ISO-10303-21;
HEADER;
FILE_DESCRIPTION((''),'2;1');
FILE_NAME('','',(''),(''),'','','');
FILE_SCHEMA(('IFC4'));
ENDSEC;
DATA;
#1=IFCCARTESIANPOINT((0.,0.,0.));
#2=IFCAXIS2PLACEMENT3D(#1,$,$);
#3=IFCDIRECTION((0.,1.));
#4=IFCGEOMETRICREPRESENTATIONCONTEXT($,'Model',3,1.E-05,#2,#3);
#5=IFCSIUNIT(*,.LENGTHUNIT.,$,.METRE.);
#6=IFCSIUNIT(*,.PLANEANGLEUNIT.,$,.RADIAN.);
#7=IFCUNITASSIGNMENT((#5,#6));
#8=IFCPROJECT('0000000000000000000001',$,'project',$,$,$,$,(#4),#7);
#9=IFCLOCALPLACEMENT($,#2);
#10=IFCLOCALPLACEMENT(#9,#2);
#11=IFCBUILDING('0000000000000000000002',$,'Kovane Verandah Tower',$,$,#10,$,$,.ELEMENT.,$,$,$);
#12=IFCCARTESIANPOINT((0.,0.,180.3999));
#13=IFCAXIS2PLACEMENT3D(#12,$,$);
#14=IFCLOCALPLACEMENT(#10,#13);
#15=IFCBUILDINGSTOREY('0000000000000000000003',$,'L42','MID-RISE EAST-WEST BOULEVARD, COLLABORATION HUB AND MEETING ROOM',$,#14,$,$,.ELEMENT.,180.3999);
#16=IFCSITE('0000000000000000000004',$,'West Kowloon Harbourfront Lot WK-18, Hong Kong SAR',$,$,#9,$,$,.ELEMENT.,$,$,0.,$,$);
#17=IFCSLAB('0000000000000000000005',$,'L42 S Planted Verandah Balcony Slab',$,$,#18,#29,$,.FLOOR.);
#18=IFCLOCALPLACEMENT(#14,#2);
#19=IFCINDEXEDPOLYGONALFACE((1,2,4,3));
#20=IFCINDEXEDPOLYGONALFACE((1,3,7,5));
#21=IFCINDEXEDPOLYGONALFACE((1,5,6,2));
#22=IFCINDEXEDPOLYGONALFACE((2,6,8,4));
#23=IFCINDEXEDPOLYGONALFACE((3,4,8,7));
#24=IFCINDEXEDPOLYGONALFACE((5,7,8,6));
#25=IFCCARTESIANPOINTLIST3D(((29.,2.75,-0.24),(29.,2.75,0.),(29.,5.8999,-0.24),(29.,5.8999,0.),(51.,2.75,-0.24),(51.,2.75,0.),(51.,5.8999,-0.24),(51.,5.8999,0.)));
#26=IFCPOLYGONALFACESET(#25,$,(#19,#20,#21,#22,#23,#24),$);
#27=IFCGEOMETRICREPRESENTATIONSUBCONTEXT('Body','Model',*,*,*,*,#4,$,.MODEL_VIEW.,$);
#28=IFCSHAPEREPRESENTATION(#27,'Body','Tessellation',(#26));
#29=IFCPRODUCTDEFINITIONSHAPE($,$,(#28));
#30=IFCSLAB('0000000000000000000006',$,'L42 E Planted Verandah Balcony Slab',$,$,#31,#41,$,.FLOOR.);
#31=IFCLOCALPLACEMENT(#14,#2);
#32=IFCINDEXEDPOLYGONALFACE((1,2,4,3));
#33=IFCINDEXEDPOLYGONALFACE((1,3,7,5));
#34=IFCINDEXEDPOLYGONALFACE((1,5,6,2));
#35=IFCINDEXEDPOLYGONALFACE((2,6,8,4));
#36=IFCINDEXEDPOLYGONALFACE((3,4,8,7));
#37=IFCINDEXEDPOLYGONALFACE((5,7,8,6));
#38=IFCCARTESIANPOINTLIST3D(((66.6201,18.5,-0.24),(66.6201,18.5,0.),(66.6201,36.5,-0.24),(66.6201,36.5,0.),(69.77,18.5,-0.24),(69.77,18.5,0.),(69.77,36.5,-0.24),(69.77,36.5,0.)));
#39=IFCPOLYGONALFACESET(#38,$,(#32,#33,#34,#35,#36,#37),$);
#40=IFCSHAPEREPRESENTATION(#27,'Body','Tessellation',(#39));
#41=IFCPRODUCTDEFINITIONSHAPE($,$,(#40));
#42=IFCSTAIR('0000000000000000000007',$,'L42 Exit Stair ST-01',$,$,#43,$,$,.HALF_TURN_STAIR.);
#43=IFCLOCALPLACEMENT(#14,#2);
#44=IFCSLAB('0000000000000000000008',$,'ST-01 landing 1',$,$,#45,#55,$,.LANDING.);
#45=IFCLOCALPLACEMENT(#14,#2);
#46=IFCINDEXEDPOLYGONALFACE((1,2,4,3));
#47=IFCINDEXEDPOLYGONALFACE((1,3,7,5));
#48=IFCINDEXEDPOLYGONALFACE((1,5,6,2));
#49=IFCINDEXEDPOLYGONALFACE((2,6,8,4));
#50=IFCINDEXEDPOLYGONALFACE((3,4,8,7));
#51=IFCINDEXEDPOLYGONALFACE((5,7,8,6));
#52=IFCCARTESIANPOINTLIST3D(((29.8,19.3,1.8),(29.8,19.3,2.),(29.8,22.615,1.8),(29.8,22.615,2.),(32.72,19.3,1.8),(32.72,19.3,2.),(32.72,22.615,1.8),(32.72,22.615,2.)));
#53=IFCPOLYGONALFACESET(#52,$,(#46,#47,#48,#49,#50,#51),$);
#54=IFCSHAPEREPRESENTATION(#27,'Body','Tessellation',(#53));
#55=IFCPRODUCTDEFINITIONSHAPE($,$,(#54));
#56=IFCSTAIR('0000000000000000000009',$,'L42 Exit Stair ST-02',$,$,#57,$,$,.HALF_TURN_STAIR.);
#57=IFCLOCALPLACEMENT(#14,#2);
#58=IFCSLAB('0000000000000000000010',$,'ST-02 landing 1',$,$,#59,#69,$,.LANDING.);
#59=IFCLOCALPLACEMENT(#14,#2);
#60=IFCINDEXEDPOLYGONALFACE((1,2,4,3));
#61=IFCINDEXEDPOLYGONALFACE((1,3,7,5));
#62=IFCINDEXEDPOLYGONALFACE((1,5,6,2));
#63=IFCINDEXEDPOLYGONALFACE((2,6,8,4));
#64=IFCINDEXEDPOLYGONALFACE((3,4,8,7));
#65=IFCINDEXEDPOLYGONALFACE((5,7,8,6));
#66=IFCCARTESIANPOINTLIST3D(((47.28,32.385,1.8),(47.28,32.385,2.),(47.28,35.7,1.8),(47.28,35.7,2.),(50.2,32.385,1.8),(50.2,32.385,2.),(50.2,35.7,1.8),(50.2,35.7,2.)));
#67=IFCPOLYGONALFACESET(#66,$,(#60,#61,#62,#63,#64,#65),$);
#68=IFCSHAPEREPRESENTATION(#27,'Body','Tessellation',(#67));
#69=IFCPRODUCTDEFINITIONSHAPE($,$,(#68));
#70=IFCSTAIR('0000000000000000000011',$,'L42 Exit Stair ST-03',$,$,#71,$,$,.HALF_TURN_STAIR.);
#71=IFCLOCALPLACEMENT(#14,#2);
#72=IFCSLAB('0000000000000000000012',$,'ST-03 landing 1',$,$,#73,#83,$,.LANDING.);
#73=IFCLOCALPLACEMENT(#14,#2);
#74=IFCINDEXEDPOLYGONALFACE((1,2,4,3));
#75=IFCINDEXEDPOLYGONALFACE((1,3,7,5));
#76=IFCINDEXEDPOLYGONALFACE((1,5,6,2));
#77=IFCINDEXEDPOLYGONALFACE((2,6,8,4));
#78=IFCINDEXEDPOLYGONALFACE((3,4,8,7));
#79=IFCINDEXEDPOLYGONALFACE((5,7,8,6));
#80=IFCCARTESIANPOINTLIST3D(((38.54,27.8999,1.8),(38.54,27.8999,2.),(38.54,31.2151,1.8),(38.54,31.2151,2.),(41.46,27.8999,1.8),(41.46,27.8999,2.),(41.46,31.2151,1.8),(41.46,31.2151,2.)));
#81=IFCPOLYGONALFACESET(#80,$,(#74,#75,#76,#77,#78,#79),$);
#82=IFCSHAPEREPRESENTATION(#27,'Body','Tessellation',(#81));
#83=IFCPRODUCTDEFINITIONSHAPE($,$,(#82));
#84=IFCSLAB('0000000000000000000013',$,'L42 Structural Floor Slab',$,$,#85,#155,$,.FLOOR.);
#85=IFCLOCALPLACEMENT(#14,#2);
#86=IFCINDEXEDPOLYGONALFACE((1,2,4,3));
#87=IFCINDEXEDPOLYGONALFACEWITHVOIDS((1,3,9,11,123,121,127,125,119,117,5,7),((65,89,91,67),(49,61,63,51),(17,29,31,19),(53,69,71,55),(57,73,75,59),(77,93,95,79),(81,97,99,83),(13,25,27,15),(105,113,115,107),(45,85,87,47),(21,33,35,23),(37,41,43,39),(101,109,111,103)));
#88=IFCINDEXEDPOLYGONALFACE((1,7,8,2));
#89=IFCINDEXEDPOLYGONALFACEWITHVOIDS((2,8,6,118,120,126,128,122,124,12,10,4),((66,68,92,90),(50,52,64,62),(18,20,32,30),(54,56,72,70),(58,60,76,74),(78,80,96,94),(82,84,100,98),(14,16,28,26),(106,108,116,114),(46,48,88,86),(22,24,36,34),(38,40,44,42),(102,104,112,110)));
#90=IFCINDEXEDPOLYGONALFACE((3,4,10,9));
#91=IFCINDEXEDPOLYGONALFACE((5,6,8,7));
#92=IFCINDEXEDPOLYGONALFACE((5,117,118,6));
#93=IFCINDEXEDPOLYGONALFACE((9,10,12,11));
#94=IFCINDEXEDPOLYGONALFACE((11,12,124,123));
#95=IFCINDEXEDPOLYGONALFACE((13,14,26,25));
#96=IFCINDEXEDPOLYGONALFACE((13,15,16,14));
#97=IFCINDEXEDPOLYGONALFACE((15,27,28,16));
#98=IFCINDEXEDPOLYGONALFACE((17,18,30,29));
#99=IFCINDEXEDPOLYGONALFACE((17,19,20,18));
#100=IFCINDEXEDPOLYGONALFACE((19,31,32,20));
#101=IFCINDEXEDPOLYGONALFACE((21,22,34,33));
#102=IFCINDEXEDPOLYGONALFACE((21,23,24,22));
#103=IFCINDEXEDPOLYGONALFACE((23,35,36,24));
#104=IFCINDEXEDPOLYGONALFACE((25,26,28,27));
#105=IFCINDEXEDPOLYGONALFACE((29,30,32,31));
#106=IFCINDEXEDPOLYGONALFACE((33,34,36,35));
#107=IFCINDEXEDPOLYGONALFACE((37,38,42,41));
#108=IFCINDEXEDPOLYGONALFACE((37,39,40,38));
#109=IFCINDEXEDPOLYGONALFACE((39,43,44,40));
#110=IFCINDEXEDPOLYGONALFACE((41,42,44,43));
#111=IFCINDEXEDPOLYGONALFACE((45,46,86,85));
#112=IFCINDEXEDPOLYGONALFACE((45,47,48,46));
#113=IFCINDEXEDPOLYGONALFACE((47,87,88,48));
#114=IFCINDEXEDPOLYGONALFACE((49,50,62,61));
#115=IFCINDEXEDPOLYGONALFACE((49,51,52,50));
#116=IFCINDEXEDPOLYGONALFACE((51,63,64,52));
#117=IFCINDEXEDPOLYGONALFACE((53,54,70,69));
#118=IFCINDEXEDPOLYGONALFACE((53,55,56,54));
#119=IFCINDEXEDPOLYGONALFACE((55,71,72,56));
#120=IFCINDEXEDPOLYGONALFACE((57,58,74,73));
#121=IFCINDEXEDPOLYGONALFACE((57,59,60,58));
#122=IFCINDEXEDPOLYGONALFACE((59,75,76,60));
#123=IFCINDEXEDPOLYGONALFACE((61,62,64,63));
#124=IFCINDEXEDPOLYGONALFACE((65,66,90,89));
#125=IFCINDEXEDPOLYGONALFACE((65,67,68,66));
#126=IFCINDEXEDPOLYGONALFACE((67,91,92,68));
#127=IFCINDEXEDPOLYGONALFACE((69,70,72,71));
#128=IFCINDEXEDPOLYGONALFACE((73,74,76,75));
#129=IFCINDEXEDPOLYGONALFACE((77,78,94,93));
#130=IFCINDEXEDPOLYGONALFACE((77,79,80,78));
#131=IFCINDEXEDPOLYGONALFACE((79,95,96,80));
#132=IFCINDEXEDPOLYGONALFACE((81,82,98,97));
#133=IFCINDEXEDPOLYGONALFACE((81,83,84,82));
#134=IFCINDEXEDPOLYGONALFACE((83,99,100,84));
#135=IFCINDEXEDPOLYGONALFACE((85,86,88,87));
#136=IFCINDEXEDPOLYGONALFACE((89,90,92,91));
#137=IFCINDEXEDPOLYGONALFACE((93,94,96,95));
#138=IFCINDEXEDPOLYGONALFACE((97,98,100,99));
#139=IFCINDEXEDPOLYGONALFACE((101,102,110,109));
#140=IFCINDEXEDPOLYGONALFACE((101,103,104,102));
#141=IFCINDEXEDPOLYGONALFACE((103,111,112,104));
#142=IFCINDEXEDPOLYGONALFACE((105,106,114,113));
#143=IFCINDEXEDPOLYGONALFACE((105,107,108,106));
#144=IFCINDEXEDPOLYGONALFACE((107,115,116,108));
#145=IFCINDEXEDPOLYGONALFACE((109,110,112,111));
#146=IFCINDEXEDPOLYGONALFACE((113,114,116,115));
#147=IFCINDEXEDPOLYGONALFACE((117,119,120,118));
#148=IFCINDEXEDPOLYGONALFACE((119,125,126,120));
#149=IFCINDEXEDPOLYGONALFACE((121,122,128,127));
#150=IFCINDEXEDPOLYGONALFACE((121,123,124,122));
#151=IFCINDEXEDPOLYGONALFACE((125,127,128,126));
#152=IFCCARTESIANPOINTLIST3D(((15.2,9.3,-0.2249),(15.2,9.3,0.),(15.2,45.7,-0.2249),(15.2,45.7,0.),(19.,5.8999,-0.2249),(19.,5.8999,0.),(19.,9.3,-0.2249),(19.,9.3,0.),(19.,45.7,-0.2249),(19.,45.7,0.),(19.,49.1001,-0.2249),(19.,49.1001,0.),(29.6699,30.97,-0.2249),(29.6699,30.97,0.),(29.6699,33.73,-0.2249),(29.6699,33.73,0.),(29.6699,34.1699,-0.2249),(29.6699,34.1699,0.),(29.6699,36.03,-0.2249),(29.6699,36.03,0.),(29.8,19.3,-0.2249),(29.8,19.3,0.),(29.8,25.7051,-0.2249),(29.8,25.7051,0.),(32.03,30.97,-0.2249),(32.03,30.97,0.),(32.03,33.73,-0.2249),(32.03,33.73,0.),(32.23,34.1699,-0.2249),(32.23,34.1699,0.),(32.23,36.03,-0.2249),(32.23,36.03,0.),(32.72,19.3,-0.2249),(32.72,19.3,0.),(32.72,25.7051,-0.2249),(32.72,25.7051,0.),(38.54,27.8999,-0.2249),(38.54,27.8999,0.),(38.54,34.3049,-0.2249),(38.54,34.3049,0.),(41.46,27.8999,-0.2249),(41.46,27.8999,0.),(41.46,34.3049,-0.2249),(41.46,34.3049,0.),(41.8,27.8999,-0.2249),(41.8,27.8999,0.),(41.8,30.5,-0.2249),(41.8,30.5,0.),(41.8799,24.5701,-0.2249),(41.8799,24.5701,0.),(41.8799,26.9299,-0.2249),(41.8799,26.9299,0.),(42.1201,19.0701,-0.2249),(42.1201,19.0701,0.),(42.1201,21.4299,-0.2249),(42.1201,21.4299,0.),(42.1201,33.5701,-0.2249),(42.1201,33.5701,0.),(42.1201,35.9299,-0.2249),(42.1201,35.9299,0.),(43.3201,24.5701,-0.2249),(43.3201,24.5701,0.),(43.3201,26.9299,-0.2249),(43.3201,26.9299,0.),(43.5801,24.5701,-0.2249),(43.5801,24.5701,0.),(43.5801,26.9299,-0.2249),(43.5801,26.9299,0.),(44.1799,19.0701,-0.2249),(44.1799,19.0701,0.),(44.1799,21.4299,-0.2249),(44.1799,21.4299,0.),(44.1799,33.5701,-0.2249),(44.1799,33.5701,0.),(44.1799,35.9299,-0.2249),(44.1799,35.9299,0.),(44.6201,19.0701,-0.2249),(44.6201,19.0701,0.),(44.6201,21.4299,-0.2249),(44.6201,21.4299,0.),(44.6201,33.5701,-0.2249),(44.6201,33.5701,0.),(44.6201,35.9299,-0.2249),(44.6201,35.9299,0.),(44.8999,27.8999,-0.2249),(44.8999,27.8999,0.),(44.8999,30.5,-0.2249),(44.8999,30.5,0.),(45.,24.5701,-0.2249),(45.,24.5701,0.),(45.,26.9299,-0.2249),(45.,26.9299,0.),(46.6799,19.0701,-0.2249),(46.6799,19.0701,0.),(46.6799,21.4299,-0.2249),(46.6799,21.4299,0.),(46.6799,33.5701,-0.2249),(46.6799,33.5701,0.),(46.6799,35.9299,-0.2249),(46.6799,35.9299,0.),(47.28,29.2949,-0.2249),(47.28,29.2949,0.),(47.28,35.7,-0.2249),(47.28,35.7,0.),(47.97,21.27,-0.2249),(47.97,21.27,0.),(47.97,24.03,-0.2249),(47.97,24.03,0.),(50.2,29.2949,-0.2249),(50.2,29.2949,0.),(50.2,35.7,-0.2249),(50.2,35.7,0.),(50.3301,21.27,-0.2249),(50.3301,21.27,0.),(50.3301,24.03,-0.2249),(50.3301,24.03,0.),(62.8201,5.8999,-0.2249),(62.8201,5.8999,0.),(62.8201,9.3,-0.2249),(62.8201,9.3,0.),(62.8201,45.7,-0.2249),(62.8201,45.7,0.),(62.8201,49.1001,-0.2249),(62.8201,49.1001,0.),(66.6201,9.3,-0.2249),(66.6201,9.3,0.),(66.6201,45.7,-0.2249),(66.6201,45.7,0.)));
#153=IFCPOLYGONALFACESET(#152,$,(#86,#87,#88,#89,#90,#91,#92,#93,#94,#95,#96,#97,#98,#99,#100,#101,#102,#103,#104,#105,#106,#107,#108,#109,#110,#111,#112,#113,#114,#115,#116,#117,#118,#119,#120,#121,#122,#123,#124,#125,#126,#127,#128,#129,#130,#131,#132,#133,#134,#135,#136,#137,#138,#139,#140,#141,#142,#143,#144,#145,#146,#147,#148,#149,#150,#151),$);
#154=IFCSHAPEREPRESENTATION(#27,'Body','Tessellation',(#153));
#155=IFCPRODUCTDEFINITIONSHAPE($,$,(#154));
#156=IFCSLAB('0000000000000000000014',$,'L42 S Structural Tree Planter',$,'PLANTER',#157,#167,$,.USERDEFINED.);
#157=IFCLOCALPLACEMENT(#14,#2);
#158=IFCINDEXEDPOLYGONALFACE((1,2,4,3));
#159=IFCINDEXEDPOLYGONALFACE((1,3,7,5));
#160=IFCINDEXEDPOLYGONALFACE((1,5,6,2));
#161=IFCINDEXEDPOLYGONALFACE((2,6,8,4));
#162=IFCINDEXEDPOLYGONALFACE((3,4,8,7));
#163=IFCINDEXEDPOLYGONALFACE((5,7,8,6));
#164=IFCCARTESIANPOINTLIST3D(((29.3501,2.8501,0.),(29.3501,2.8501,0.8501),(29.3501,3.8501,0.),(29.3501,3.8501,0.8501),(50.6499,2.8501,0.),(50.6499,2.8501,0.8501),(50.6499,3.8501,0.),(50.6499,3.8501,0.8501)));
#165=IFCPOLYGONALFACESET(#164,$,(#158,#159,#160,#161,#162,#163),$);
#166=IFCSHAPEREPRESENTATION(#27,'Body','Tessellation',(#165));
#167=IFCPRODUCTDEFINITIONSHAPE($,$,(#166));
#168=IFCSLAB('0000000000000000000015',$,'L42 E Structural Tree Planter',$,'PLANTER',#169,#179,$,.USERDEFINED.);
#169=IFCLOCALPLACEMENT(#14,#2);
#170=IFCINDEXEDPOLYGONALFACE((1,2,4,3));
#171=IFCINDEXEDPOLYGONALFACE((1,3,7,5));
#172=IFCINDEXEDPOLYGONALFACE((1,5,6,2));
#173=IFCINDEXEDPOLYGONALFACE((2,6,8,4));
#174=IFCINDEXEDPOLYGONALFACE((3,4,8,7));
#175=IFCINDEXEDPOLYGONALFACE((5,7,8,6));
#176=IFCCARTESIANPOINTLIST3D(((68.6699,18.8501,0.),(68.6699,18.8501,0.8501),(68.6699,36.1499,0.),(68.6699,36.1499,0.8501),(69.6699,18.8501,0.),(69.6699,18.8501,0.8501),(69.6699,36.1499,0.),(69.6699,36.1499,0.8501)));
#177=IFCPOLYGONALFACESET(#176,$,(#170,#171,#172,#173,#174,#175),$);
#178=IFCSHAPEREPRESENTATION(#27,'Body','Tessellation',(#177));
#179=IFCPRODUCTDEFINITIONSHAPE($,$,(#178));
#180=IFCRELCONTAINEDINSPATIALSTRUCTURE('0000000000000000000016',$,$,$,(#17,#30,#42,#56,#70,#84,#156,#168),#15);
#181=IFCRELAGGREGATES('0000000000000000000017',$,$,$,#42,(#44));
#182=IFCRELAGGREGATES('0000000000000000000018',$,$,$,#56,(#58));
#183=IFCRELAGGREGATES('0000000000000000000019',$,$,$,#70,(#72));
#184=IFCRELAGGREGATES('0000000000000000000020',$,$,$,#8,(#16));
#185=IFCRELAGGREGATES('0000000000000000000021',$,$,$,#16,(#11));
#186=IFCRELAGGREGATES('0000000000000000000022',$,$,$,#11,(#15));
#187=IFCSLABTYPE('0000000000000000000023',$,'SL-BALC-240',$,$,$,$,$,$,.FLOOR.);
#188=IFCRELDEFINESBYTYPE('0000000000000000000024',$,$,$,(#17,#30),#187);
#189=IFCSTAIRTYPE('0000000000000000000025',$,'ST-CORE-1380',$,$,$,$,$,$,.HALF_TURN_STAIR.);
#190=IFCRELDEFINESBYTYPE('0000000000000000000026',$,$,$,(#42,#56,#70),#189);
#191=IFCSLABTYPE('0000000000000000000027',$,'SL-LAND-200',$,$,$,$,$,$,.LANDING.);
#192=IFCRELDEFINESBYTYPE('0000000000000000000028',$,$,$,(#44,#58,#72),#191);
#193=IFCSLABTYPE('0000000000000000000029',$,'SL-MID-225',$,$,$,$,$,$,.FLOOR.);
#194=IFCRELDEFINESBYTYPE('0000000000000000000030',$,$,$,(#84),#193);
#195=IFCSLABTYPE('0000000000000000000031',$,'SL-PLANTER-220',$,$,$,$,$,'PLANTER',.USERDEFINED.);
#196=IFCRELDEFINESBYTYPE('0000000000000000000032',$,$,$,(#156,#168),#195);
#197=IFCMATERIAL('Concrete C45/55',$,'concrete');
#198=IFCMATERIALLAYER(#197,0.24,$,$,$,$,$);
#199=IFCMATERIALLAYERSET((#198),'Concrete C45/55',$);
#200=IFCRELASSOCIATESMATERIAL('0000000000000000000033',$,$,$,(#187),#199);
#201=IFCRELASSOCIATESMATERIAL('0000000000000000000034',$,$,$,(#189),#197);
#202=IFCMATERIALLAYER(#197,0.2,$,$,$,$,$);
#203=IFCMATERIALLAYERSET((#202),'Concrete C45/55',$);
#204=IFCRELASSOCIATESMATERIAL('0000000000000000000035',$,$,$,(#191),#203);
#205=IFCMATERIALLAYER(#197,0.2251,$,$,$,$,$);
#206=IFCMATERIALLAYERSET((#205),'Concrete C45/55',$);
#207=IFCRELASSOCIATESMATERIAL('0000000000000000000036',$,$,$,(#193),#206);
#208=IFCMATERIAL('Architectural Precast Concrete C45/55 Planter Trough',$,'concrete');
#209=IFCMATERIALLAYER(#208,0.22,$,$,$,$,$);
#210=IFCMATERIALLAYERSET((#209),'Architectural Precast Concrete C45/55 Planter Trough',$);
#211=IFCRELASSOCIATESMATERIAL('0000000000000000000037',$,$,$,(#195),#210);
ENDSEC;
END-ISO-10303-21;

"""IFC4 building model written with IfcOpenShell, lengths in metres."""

from ifc_helpers import new_model, si_unit, direction, frame, origin, place, context, subcontext, project, spatial, polyline, outline, extrude, material, layer, layer_set, type_object, element, aggregate, save


model = new_model("IFC4")

# Units and contexts
model_context = context("Model", 3, precision=1e-05, world=origin(), true_north=direction((0.0, 1.0)))
body_context = subcontext(model_context, "Body", "Model", "MODEL_VIEW")
ifc_project = project(units=[si_unit("LENGTHUNIT", "METRE"), si_unit("PLANEANGLEUNIT", "RADIAN")], contexts=[model_context])

# Site, building, storey
site_placement = place(None, origin())
site = spatial("IfcSite", under=ifc_project, at=site_placement, Name="West Kowloon Harbourfront Lot WK-18, Hong Kong SAR", CompositionType="ELEMENT", RefElevation=0.0)
building_placement = place(site_placement, origin())
building = spatial("IfcBuilding", under=site, at=building_placement, Name="Kovane Verandah Tower", CompositionType="ELEMENT")
storey_placement = place(building_placement, frame((0.0, 0.0, 180.3999)))
storey = spatial("IfcBuildingStorey", under=building, at=storey_placement, Name="L42", Description="MID-RISE EAST-WEST BOULEVARD, COLLABORATION HUB AND MEETING ROOM", CompositionType="ELEMENT", Elevation=180.3999)

# Slabs
ifc_material_1 = material(Name="Concrete C45/55", Category="concrete")
ifc_layer_1 = layer(ifc_material_1, 0.24)
ifc_layer_set_1 = layer_set([ifc_layer_1], Name="Concrete C45/55")
slab_type_1 = type_object("IfcSlabType", Name="SL-BALC-240", PredefinedType="FLOOR", material=ifc_layer_set_1)
slab_1_placement = place(storey_placement, frame((0.0, 0.0, -0.24)))
element("IfcSlab", 1, at=slab_1_placement, inside=storey, type_object=slab_type_1, Name="L42 S Planted Verandah Balcony Slab", PredefinedType="FLOOR", context=body_context, shape_type="SweptSolid", body=[
    extrude(outline(polyline([(29.0, 2.75), (51.0, 2.75), (51.0, 5.8999), (29.0, 5.8999), (29.0, 2.75)])), origin(), (0.0, 0.0, 1.0), 0.24),
])
slab_2_placement = place(storey_placement, frame((0.0, 0.0, -0.24)))
element("IfcSlab", 2, at=slab_2_placement, inside=storey, type_object=slab_type_1, Name="L42 E Planted Verandah Balcony Slab", PredefinedType="FLOOR", context=body_context, shape_type="SweptSolid", body=[
    extrude(outline(polyline([(66.6201, 18.5), (69.77, 18.5), (69.77, 36.5), (66.6201, 36.5), (66.6201, 18.5)])), origin(), (0.0, 0.0, 1.0), 0.24),
])

# Stairs, slabs
stair_type = type_object("IfcStairType", Name="ST-CORE-1380", PredefinedType="HALF_TURN_STAIR", material=ifc_material_1)
stair_1_placement = place(storey_placement, origin())
stair_1 = element("IfcStair", 3, at=stair_1_placement, inside=storey, type_object=stair_type, Name="L42 Exit Stair ST-01", PredefinedType="HALF_TURN_STAIR")
ifc_layer_2 = layer(ifc_material_1, 0.2)
ifc_layer_set_2 = layer_set([ifc_layer_2], Name="Concrete C45/55")
slab_type_2 = type_object("IfcSlabType", Name="SL-LAND-200", PredefinedType="LANDING", material=ifc_layer_set_2)
slab_3_placement = place(storey_placement, frame((0.0, 0.0, 1.8)))
slab_3 = element("IfcSlab", 4, at=slab_3_placement, type_object=slab_type_2, Name="ST-01 landing 1", PredefinedType="LANDING", context=body_context, shape_type="SweptSolid", body=[
    extrude(outline(polyline([(29.8, 22.615), (29.8, 19.3), (32.72, 19.3), (32.72, 22.615), (29.8, 22.615)])), origin(), (0.0, 0.0, 1.0), 0.2),
])
aggregate(stair_1, [slab_3])
stair_2_placement = place(storey_placement, origin())
stair_2 = element("IfcStair", 5, at=stair_2_placement, inside=storey, type_object=stair_type, Name="L42 Exit Stair ST-02", PredefinedType="HALF_TURN_STAIR")
slab_4_placement = place(storey_placement, frame((0.0, 0.0, 1.8)))
slab_4 = element("IfcSlab", 6, at=slab_4_placement, type_object=slab_type_2, Name="ST-02 landing 1", PredefinedType="LANDING", context=body_context, shape_type="SweptSolid", body=[
    extrude(outline(polyline([(50.2, 32.385), (50.2, 35.7), (47.28, 35.7), (47.28, 32.385), (50.2, 32.385)])), origin(), (0.0, 0.0, 1.0), 0.2),
])
aggregate(stair_2, [slab_4])
stair_3_placement = place(storey_placement, origin())
stair_3 = element("IfcStair", 7, at=stair_3_placement, inside=storey, type_object=stair_type, Name="L42 Exit Stair ST-03", PredefinedType="HALF_TURN_STAIR")
slab_5_placement = place(storey_placement, frame((0.0, 0.0, 1.8)))
slab_5 = element("IfcSlab", 8, at=slab_5_placement, type_object=slab_type_2, Name="ST-03 landing 1", PredefinedType="LANDING", context=body_context, shape_type="SweptSolid", body=[
    extrude(outline(polyline([(38.54, 31.2151), (38.54, 27.8999), (41.46, 27.8999), (41.46, 31.2151), (38.54, 31.2151)])), origin(), (0.0, 0.0, 1.0), 0.2),
])
aggregate(stair_3, [slab_5])

# Slabs
ifc_layer_3 = layer(ifc_material_1, 0.2251)
ifc_layer_set_3 = layer_set([ifc_layer_3], Name="Concrete C45/55")
slab_type_3 = type_object("IfcSlabType", Name="SL-MID-225", PredefinedType="FLOOR", material=ifc_layer_set_3)
slab_6_placement = place(storey_placement, frame((0.0, 0.0, -0.2249)))
element("IfcSlab", 9, at=slab_6_placement, inside=storey, type_object=slab_type_3, Name="L42 Structural Floor Slab", PredefinedType="FLOOR", context=body_context, shape_type="SweptSolid", body=[
    extrude(outline(polyline([(19.0, 5.8999), (62.8201, 5.8999), (62.8201, 9.3), (66.6201, 9.3), (66.6201, 45.7), (62.8201, 45.7), (62.8201, 49.1001), (19.0, 49.1001), (19.0, 45.7), (15.2, 45.7), (15.2, 9.3), (19.0, 9.3), (19.0, 5.8999)]), holes=[polyline([(29.8, 19.3), (32.72, 19.3), (32.72, 25.7051), (29.8, 25.7051), (29.8, 19.3)]), polyline([(47.28, 29.2949), (50.2, 29.2949), (50.2, 35.7), (47.28, 35.7), (47.28, 29.2949)]), polyline([(38.54, 27.8999), (41.46, 27.8999), (41.46, 34.3049), (38.54, 34.3049), (38.54, 27.8999)]), polyline([(29.6699, 30.97), (32.03, 30.97), (32.03, 33.73), (29.6699, 33.73), (29.6699, 30.97)]), polyline([(47.97, 21.27), (50.3301, 21.27), (50.3301, 24.03), (47.97, 24.03), (47.97, 21.27)]), polyline([(29.6699, 34.1699), (32.23, 34.1699), (32.23, 36.03), (29.6699, 36.03), (29.6699, 34.1699)]), polyline([(42.1201, 19.0701), (44.1799, 19.0701), (44.1799, 21.4299), (42.1201, 21.4299), (42.1201, 19.0701)]), polyline([(44.6201, 19.0701), (46.6799, 19.0701), (46.6799, 21.4299), (44.6201, 21.4299), (44.6201, 19.0701)]), polyline([(41.8799, 24.5701), (43.3201, 24.5701), (43.3201, 26.9299), (41.8799, 26.9299), (41.8799, 24.5701)]), polyline([(43.5801, 24.5701), (45.0, 24.5701), (45.0, 26.9299), (43.5801, 26.9299), (43.5801, 24.5701)]), polyline([(42.1201, 33.5701), (44.1799, 33.5701), (44.1799, 35.9299), (42.1201, 35.9299), (42.1201, 33.5701)]), polyline([(44.6201, 33.5701), (46.6799, 33.5701), (46.6799, 35.9299), (44.6201, 35.9299), (44.6201, 33.5701)]), polyline([(41.8, 27.8999), (44.8999, 27.8999), (44.8999, 30.5), (41.8, 30.5), (41.8, 27.8999)])]), origin(), (0.0, 0.0, 1.0), 0.2249),
])
ifc_material_2 = material(Name="Architectural Precast Concrete C45/55 Planter Trough", Category="concrete")
ifc_layer_4 = layer(ifc_material_2, 0.22)
ifc_layer_set_4 = layer_set([ifc_layer_4], Name="Architectural Precast Concrete C45/55 Planter Trough")
slab_type_4 = type_object("IfcSlabType", Name="SL-PLANTER-220", ElementType="PLANTER", PredefinedType="USERDEFINED", material=ifc_layer_set_4)
slab_7_placement = place(storey_placement, origin())
element("IfcSlab", 10, at=slab_7_placement, inside=storey, type_object=slab_type_4, Name="L42 S Structural Tree Planter", ObjectType="PLANTER", PredefinedType="USERDEFINED", context=body_context, shape_type="SweptSolid", body=[
    extrude(outline(polyline([(29.3501, 2.8501), (50.6499, 2.8501), (50.6499, 3.8501), (29.3501, 3.8501), (29.3501, 2.8501)])), origin(), (0.0, 0.0, 1.0), 0.8501),
])
slab_8_placement = place(storey_placement, origin())
element("IfcSlab", 11, at=slab_8_placement, inside=storey, type_object=slab_type_4, Name="L42 E Structural Tree Planter", ObjectType="PLANTER", PredefinedType="USERDEFINED", context=body_context, shape_type="SweptSolid", body=[
    extrude(outline(polyline([(68.6699, 18.8501), (69.6699, 18.8501), (69.6699, 36.1499), (68.6699, 36.1499), (68.6699, 18.8501)])), origin(), (0.0, 0.0, 1.0), 0.8501),
])

save(model, "model.ifc")
